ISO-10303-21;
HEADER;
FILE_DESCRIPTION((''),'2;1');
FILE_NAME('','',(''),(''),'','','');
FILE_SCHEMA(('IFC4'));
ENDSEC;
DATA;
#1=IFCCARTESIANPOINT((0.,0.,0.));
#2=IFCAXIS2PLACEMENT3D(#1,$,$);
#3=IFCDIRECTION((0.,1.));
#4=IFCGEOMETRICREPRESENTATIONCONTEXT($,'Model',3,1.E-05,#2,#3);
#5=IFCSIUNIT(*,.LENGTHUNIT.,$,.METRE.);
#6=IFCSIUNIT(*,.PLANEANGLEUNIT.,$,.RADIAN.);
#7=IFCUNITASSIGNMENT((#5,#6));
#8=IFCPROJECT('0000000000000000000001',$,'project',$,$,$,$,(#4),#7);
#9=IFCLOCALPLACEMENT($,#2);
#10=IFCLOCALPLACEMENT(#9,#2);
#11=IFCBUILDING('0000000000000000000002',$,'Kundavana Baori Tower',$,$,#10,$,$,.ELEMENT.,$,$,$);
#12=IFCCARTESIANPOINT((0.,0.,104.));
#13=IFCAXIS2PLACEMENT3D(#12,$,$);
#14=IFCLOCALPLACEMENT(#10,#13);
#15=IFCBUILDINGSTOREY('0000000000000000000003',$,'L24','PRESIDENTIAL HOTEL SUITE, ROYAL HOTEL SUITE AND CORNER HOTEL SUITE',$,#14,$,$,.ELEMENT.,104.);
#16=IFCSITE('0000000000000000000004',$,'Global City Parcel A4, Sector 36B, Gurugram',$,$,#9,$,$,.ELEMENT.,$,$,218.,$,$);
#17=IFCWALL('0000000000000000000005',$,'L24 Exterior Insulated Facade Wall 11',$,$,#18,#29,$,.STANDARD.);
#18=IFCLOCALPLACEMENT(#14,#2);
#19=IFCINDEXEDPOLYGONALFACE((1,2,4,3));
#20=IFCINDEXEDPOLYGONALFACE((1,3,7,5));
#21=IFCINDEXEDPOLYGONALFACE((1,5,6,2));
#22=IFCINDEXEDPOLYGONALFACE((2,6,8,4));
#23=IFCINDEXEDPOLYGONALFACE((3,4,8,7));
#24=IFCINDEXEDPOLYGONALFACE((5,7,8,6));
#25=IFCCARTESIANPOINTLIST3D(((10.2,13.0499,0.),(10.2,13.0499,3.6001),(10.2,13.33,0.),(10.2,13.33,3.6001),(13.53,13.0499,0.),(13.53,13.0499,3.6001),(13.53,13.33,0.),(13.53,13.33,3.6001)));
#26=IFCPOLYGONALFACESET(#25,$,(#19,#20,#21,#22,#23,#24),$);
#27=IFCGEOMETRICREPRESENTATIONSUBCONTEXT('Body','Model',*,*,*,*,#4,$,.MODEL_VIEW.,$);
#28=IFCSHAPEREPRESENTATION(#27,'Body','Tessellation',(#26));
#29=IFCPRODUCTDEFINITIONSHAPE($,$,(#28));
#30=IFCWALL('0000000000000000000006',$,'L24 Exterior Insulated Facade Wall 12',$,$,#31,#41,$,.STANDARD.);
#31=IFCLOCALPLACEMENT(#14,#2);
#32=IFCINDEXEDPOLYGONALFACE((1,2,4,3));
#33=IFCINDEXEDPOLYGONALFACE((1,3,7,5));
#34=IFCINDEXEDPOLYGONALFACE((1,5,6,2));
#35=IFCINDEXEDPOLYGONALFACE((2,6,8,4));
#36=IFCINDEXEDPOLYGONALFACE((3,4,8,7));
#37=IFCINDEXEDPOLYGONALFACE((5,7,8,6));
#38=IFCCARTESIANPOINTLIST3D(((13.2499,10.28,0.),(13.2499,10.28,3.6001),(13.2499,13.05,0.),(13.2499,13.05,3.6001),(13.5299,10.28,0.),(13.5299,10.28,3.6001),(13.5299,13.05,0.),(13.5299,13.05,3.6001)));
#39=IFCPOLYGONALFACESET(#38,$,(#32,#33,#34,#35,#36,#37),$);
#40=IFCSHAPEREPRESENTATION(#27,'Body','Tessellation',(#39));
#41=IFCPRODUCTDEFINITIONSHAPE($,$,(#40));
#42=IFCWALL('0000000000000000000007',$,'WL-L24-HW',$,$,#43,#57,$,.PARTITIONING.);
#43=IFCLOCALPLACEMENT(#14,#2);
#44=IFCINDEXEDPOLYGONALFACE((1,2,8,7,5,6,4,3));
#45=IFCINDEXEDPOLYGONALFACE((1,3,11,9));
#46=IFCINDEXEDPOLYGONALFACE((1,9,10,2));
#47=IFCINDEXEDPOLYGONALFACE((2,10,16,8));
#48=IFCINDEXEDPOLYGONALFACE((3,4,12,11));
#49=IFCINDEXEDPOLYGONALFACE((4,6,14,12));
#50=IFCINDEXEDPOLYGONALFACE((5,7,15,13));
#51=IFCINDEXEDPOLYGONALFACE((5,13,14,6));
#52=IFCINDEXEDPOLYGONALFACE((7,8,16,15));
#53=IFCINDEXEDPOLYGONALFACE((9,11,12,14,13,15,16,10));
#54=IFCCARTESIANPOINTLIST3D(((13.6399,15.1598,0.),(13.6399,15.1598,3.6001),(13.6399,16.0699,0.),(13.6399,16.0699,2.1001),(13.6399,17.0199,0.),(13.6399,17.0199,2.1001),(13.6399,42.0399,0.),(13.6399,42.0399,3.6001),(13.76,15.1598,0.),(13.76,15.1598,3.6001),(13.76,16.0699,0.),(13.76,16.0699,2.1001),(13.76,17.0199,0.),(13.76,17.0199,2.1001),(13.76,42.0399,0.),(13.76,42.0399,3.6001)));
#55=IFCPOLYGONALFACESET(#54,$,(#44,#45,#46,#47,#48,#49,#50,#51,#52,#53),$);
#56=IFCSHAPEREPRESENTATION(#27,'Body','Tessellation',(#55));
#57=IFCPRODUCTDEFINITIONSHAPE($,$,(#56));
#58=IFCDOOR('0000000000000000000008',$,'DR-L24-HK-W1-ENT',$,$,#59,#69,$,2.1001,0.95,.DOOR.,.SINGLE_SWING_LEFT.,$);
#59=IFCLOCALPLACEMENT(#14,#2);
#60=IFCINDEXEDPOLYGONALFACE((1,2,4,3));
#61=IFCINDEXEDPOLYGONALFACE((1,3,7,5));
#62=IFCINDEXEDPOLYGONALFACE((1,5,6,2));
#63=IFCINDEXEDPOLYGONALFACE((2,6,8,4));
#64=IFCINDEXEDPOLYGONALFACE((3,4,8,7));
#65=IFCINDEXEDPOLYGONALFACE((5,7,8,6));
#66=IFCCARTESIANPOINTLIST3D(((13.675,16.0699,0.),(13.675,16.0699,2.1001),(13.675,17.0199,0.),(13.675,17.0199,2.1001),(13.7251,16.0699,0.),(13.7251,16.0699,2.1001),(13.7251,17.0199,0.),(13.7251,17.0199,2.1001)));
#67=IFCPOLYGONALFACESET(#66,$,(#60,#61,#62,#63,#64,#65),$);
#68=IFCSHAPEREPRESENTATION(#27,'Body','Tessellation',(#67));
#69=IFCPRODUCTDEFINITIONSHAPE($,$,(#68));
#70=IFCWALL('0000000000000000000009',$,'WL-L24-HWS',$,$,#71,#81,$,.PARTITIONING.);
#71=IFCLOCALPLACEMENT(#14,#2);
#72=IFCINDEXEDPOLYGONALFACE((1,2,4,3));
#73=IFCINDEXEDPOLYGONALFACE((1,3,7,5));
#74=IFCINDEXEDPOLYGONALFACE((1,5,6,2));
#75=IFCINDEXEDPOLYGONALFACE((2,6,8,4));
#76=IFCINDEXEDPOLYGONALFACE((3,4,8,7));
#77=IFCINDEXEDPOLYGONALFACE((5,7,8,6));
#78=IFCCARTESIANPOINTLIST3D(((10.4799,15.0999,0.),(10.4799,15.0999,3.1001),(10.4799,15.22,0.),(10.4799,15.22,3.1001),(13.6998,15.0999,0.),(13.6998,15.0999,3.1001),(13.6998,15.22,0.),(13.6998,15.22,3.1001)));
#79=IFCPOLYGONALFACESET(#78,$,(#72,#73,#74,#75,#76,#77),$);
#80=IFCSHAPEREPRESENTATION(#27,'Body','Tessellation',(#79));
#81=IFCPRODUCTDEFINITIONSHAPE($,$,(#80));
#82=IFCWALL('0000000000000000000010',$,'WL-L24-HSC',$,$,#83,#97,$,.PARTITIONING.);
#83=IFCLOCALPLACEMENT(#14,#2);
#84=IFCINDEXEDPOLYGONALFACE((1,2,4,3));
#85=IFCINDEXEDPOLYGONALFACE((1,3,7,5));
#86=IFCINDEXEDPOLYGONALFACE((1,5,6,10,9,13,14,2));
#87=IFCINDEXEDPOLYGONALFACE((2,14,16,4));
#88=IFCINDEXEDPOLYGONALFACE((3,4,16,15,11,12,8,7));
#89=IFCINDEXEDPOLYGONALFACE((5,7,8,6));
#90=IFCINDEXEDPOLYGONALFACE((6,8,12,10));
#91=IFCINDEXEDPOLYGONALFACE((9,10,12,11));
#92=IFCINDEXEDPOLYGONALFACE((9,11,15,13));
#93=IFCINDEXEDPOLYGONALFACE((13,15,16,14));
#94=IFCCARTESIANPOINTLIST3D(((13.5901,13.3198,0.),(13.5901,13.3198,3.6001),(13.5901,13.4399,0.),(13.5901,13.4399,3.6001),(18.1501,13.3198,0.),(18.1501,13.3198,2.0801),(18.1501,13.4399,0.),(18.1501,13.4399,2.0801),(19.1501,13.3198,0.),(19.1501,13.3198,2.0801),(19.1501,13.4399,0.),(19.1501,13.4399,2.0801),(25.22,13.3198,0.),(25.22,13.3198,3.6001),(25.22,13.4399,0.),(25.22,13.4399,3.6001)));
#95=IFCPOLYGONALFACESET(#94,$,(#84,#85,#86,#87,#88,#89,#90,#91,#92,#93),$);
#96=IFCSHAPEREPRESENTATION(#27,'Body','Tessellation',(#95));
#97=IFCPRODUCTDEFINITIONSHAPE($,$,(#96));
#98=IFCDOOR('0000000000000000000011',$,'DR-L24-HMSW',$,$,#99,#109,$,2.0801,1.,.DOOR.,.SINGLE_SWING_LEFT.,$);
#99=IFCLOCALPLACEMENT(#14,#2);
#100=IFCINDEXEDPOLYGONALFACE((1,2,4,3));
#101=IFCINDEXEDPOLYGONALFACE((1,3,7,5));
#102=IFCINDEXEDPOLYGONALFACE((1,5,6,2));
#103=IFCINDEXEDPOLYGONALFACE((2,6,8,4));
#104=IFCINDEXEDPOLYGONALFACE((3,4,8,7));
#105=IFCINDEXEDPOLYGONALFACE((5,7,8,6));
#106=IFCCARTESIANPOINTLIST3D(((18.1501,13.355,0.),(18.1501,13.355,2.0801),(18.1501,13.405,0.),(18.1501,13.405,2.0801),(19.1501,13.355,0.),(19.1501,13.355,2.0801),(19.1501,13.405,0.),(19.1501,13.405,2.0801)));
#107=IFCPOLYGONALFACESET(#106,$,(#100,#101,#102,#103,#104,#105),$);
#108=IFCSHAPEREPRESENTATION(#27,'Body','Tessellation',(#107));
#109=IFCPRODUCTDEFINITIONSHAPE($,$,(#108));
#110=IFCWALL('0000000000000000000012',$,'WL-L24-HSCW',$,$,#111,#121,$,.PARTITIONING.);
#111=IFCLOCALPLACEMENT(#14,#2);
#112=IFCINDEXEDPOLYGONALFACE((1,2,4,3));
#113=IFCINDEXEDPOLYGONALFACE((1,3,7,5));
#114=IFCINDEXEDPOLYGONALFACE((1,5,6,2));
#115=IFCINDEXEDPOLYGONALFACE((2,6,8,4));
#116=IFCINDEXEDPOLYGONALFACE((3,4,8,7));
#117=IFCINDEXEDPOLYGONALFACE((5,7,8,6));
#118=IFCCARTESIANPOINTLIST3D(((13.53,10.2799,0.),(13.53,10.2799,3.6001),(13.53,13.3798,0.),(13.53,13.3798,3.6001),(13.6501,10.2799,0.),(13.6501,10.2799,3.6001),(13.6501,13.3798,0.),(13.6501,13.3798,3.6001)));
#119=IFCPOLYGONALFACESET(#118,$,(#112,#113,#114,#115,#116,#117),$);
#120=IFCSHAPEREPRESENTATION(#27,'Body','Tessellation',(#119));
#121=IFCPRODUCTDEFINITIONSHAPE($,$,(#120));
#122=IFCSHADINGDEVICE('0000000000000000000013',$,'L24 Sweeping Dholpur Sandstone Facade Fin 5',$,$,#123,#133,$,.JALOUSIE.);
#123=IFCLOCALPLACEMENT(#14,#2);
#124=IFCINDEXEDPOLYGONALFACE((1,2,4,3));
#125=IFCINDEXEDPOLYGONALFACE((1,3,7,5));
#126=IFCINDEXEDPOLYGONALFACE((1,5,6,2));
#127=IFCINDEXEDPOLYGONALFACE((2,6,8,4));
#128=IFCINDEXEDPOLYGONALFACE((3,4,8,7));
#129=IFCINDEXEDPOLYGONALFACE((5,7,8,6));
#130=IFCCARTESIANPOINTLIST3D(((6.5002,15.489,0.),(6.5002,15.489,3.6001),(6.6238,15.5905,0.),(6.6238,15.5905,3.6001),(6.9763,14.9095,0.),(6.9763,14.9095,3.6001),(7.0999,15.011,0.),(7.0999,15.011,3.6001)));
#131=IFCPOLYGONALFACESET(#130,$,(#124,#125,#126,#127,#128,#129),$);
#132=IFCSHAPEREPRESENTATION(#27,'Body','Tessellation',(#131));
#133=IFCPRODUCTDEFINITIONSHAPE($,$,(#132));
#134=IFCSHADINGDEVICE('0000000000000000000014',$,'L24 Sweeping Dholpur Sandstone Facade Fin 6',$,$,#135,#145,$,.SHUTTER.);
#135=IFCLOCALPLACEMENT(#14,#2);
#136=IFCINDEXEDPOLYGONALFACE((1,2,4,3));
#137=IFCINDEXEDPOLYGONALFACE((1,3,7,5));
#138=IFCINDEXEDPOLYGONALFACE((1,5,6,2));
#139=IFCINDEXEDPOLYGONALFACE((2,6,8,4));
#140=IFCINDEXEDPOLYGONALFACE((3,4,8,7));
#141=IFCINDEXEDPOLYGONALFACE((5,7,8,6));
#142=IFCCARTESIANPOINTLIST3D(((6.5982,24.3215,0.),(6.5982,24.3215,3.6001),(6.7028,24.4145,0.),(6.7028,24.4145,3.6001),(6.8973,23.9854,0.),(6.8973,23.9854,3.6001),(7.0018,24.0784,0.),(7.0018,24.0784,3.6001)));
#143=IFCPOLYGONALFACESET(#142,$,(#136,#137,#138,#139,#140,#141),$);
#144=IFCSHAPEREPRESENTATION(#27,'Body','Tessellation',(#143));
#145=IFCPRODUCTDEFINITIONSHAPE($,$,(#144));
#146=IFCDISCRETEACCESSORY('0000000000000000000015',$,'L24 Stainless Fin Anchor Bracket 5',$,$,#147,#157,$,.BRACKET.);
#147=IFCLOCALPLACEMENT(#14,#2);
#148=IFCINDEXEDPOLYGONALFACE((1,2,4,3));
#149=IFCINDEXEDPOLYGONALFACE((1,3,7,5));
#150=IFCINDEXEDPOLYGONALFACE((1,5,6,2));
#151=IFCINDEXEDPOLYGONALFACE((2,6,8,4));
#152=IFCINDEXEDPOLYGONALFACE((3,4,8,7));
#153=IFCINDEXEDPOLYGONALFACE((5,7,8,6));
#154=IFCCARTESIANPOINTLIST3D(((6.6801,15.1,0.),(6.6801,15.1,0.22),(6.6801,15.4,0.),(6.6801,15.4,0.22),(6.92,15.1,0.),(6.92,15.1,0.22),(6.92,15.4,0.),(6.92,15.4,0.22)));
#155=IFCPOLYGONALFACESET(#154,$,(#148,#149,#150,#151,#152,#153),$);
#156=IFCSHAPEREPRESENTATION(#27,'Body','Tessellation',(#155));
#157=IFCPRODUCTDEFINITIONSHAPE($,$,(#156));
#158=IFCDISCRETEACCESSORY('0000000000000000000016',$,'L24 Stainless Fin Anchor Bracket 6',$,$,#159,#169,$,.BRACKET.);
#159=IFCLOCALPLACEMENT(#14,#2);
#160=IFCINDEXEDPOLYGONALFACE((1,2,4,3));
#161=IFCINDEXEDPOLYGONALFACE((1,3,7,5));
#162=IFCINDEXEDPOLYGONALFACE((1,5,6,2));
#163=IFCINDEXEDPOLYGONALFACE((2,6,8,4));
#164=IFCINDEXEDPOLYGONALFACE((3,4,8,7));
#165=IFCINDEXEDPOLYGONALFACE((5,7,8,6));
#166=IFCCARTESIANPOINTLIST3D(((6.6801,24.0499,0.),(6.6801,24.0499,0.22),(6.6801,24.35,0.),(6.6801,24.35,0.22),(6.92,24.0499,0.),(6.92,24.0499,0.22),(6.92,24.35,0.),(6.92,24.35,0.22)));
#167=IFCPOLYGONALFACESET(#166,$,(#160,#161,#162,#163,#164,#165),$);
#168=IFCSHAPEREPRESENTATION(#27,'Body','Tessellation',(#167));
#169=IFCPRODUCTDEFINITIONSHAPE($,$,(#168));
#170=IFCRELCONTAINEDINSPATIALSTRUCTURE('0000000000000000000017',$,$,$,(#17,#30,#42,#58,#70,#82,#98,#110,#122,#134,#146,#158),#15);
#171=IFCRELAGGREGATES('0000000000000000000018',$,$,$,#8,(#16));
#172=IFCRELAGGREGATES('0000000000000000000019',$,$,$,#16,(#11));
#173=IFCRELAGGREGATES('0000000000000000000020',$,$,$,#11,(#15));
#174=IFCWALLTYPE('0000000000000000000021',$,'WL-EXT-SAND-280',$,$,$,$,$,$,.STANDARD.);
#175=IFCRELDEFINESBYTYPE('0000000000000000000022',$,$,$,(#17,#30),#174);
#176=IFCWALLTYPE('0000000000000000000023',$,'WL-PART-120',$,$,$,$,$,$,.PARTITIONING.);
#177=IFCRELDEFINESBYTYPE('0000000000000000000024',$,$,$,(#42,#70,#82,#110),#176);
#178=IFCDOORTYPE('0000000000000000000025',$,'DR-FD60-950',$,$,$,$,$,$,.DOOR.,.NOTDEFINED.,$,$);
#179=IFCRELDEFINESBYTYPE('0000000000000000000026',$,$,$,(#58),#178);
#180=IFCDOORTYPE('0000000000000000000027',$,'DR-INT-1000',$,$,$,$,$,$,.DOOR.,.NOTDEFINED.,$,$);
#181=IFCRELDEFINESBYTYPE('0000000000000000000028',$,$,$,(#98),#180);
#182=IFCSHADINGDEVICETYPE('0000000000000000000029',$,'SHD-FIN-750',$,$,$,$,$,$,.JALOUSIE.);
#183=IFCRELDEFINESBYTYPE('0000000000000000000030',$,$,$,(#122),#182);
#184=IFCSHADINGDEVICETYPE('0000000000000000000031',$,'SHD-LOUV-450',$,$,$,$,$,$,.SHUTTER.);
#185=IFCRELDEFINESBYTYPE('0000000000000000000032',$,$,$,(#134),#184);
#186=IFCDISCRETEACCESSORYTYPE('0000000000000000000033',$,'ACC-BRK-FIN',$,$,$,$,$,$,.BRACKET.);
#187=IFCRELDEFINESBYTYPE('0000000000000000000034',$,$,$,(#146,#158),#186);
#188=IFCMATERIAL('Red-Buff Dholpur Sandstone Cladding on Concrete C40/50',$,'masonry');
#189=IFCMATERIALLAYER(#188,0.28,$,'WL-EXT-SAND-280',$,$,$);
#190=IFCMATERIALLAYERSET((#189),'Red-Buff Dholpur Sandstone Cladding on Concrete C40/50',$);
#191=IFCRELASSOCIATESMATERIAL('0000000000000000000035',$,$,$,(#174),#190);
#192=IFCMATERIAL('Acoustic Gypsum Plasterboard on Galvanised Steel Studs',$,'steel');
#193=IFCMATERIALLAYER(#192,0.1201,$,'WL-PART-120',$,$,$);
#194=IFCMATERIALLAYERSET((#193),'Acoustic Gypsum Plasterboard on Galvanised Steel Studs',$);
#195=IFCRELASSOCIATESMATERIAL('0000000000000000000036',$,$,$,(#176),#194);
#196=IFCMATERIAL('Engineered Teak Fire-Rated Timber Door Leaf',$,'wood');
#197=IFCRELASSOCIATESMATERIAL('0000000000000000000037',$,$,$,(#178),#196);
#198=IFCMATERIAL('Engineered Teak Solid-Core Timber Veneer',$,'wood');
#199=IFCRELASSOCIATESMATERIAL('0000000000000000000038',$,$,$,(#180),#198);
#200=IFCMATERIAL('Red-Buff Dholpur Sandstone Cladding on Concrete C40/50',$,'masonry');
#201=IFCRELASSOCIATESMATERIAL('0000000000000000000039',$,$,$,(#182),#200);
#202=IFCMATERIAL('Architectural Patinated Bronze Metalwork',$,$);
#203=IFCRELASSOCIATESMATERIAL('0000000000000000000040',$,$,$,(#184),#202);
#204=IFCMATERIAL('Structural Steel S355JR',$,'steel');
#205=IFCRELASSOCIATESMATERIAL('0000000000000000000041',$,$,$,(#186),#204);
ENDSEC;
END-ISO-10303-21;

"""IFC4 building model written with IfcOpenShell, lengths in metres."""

from ifc_helpers import new_model, si_unit, direction, frame, frame_2d, origin, origin_2d, place, context, subcontext, project, spatial, rectangle, extrude, material, layer, layer_set, type_object, element, fill, save


model = new_model("IFC4")

# Units and contexts
model_context = context("Model", 3, precision=1e-05, world=origin(), true_north=direction((0.0, 1.0)))
body_context = subcontext(model_context, "Body", "Model", "MODEL_VIEW")
ifc_project = project(units=[si_unit("LENGTHUNIT", "METRE"), si_unit("PLANEANGLEUNIT", "RADIAN")], contexts=[model_context])

# Site, building, storey
site_placement = place(None, origin())
site = spatial("IfcSite", under=ifc_project, at=site_placement, Name="Global City Parcel A4, Sector 36B, Gurugram", CompositionType="ELEMENT", RefElevation=218.0)
building_placement = place(site_placement, origin())
building = spatial("IfcBuilding", under=site, at=building_placement, Name="Kundavana Baori Tower", CompositionType="ELEMENT")
storey_placement = place(building_placement, frame((0.0, 0.0, 104.0)))
storey = spatial("IfcBuildingStorey", under=building, at=storey_placement, Name="L24", Description="PRESIDENTIAL HOTEL SUITE, ROYAL HOTEL SUITE AND CORNER HOTEL SUITE", CompositionType="ELEMENT", Elevation=104.0)

# Walls
ifc_material_1 = material(Name="Red-Buff Dholpur Sandstone Cladding on Concrete C40/50", Category="masonry")
ifc_layer_1 = layer(ifc_material_1, 0.28, Name="WL-EXT-SAND-280")
ifc_layer_set_1 = layer_set([ifc_layer_1], Name="Red-Buff Dholpur Sandstone Cladding on Concrete C40/50")
wall_type_1 = type_object("IfcWallType", Name="WL-EXT-SAND-280", PredefinedType="STANDARD", material=ifc_layer_set_1)
wall_1_placement = place(storey_placement, frame((10.2, 13.1899, 0.0), z_axis=(0.0, 0.0, 1.0), x_axis=(1.0, 0.0, 0.0)))
element("IfcWall", 1, at=wall_1_placement, inside=storey, type_object=wall_type_1, Name="L24 Exterior Insulated Facade Wall 11", PredefinedType="STANDARD", context=body_context, shape_type="SweptSolid", body=[
    extrude(rectangle(XDim=3.3301, YDim=0.28, at=frame_2d((1.665, 0.0))), origin(), (0.0, 0.0, 1.0), 3.6001),
])
wall_2_placement = place(storey_placement, frame((13.3899, 13.05, 0.0), z_axis=(0.0, 0.0, 1.0), x_axis=(0.0, -1.0, 0.0)))
element("IfcWall", 2, at=wall_2_placement, inside=storey, type_object=wall_type_1, Name="L24 Exterior Insulated Facade Wall 12", PredefinedType="STANDARD", context=body_context, shape_type="SweptSolid", body=[
    extrude(rectangle(XDim=2.77, YDim=0.28, at=frame_2d((1.385, 0.0))), origin(), (0.0, 0.0, 1.0), 3.6001),
])

# Wall, opening, door
ifc_material_2 = material(Name="Acoustic Gypsum Plasterboard on Galvanised Steel Studs", Category="steel")
ifc_layer_2 = layer(ifc_material_2, 0.1201, Name="WL-PART-120")
ifc_layer_set_2 = layer_set([ifc_layer_2], Name="Acoustic Gypsum Plasterboard on Galvanised Steel Studs")
wall_type_2 = type_object("IfcWallType", Name="WL-PART-120", PredefinedType="PARTITIONING", material=ifc_layer_set_2)
wall_3_placement = place(storey_placement, frame((13.7, 15.1599, 0.0), z_axis=(0.0, 0.0, 1.0), x_axis=(0.0, 1.0, 0.0)))
wall_3 = element("IfcWall", 3, at=wall_3_placement, inside=storey, type_object=wall_type_2, Name="WL-L24-HW", PredefinedType="PARTITIONING", context=body_context, shape_type="SweptSolid", body=[
    extrude(rectangle(XDim=26.8801, YDim=0.1201, at=frame_2d((13.4399, 0.0))), origin(), (0.0, 0.0, 1.0), 3.6001),
])
opening_1_placement = place(wall_3_placement, frame((0.9099, 0.0, 0.0)))
opening_1 = element("IfcOpeningElement", 4, at=opening_1_placement, cuts=wall_3, PredefinedType="OPENING", context=body_context, shape_type="SweptSolid", body=[
    extrude(rectangle(XDim=0.95, YDim=2.1001, at=frame_2d((0.4751, 1.05))), frame((0.0, 0.0701, 0.0), z_axis=(0.0, -1.0, 0.0), x_axis=(1.0, 0.0, 0.0)), (0.0, 0.0, 1.0), 0.1401),
])
ifc_material_3 = material(Name="Engineered Teak Fire-Rated Timber Door Leaf", Category="wood")
door_type_1 = type_object("IfcDoorType", Name="DR-FD60-950", OperationType="NOTDEFINED", PredefinedType="DOOR", material=ifc_material_3)
door_1_placement = place(opening_1_placement, origin())
door_1 = element("IfcDoor", 5, at=door_1_placement, inside=storey, type_object=door_type_1, Name="DR-L24-HK-W1-ENT", OperationType="SINGLE_SWING_LEFT", OverallHeight=2.1001, OverallWidth=0.95, PredefinedType="DOOR", context=body_context, shape_type="SweptSolid", body=[
    extrude(rectangle(XDim=0.95, YDim=2.1001, at=frame_2d((0.4751, 1.05))), frame((0.0, 0.0249, 0.0), z_axis=(0.0, -1.0, 0.0), x_axis=(1.0, 0.0, 0.0)), (0.0, 0.0, 1.0), 0.05),
])
fill(opening_1, door_1)

# Wall
wall_4_placement = place(storey_placement, frame((10.48, 15.1599, 0.0), z_axis=(0.0, 0.0, 1.0), x_axis=(1.0, 0.0, 0.0)))
element("IfcWall", 6, at=wall_4_placement, inside=storey, type_object=wall_type_2, Name="WL-L24-HWS", PredefinedType="PARTITIONING", context=body_context, shape_type="SweptSolid", body=[
    extrude(rectangle(XDim=3.22, YDim=0.1201, at=frame_2d((1.6099, 0.0))), origin(), (0.0, 0.0, 1.0), 3.1001),
])

# Wall, opening, door
wall_5_placement = place(storey_placement, frame((13.5901, 13.3799, 0.0), z_axis=(0.0, 0.0, 1.0), x_axis=(1.0, 0.0, 0.0)))
wall_5 = element("IfcWall", 7, at=wall_5_placement, inside=storey, type_object=wall_type_2, Name="WL-L24-HSC", PredefinedType="PARTITIONING", context=body_context, shape_type="SweptSolid", body=[
    extrude(rectangle(XDim=11.6299, YDim=0.1201, at=frame_2d((5.8149, 0.0))), origin(), (0.0, 0.0, 1.0), 3.6001),
])
opening_2_placement = place(wall_5_placement, frame((4.5601, 0.0, 0.0)))
opening_2 = element("IfcOpeningElement", 8, at=opening_2_placement, cuts=wall_5, PredefinedType="OPENING", context=body_context, shape_type="SweptSolid", body=[
    extrude(rectangle(XDim=1.0, YDim=2.0801, at=frame_2d((0.5, 1.04))), frame((0.0, 0.0701, 0.0), z_axis=(0.0, -1.0, 0.0), x_axis=(1.0, 0.0, 0.0)), (0.0, 0.0, 1.0), 0.1401),
])
ifc_material_4 = material(Name="Engineered Teak Solid-Core Timber Veneer", Category="wood")
door_type_2 = type_object("IfcDoorType", Name="DR-INT-1000", OperationType="NOTDEFINED", PredefinedType="DOOR", material=ifc_material_4)
door_2_placement = place(opening_2_placement, frame((1.0, 0.0, 0.0), z_axis=(0.0, 0.0, 1.0), x_axis=(-1.0, 0.0, 0.0)))
door_2 = element("IfcDoor", 9, at=door_2_placement, inside=storey, type_object=door_type_2, Name="DR-L24-HMSW", OperationType="SINGLE_SWING_LEFT", OverallHeight=2.0801, OverallWidth=1.0, PredefinedType="DOOR", context=body_context, shape_type="SweptSolid", body=[
    extrude(rectangle(XDim=1.0, YDim=2.0801, at=frame_2d((0.5, 1.04))), frame((0.0, 0.0249, 0.0), z_axis=(0.0, -1.0, 0.0), x_axis=(1.0, 0.0, 0.0)), (0.0, 0.0, 1.0), 0.05),
])
fill(opening_2, door_2)

# Wall
wall_6_placement = place(storey_placement, frame((13.5901, 10.28, 0.0), z_axis=(0.0, 0.0, 1.0), x_axis=(0.0, 1.0, 0.0)))
element("IfcWall", 10, at=wall_6_placement, inside=storey, type_object=wall_type_2, Name="WL-L24-HSCW", PredefinedType="PARTITIONING", context=body_context, shape_type="SweptSolid", body=[
    extrude(rectangle(XDim=3.0999, YDim=0.1201, at=frame_2d((1.5498, 0.0))), origin(), (0.0, 0.0, 1.0), 3.6001),
])

# Shading devices
ifc_material_5 = material(Name="Red-Buff Dholpur Sandstone Cladding on Concrete C40/50", Category="masonry")
shading_device_type_1 = type_object("IfcShadingDeviceType", Name="SHD-FIN-750", PredefinedType="JALOUSIE", material=ifc_material_5)
shading_device_1_placement = place(storey_placement, frame((6.8, 15.25, 0.0), z_axis=(0.0, 0.0, 1.0), x_axis=(0.772734, 0.634731, 0.0)))
element("IfcShadingDevice", 11, at=shading_device_1_placement, inside=storey, type_object=shading_device_type_1, Name="L24 Sweeping Dholpur Sandstone Facade Fin 5", PredefinedType="JALOUSIE", context=body_context, shape_type="SweptSolid", body=[
    extrude(rectangle(XDim=0.1599, YDim=0.75, at=origin_2d()), origin(), (0.0, 0.0, 1.0), 3.6001),
])
ifc_material_6 = material(Name="Architectural Patinated Bronze Metalwork")
shading_device_type_2 = type_object("IfcShadingDeviceType", Name="SHD-LOUV-450", PredefinedType="SHUTTER", material=ifc_material_6)
shading_device_2_placement = place(storey_placement, frame((6.8, 24.2, 0.0), z_axis=(0.0, 0.0, 1.0), x_axis=(0.747102, 0.664709, 0.0)))
element("IfcShadingDevice", 12, at=shading_device_2_placement, inside=storey, type_object=shading_device_type_2, Name="L24 Sweeping Dholpur Sandstone Facade Fin 6", PredefinedType="SHUTTER", context=body_context, shape_type="SweptSolid", body=[
    extrude(rectangle(XDim=0.1399, YDim=0.45, at=origin_2d()), origin(), (0.0, 0.0, 1.0), 3.6001),
])

# Discrete accessories
ifc_material_7 = material(Name="Structural Steel S355JR", Category="steel")
discrete_accessory_type = type_object("IfcDiscreteAccessoryType", Name="ACC-BRK-FIN", PredefinedType="BRACKET", material=ifc_material_7)
for number, where, z_axis, x_axis, name in (
    (13, (6.8, 15.25, 0.0), (0.0, 0.0, 1.0), (1.0, 0.0, 0.0), "L24 Stainless Fin Anchor Bracket 5"),
    (14, (6.8, 24.2, 0.0), (0.0, 0.0, 1.0), (1.0, 0.0, 0.0), "L24 Stainless Fin Anchor Bracket 6"),
):
    element("IfcDiscreteAccessory", number, at=place(storey_placement, frame(where, z_axis=z_axis, x_axis=x_axis)), inside=storey, type_object=discrete_accessory_type, Name=name, PredefinedType="BRACKET", context=body_context, shape_type="SweptSolid", body=[
        extrude(rectangle(XDim=0.24, YDim=0.3, at=origin_2d()), origin(), (0.0, 0.0, 1.0), 0.22),
    ])

save(model, "model.ifc")
